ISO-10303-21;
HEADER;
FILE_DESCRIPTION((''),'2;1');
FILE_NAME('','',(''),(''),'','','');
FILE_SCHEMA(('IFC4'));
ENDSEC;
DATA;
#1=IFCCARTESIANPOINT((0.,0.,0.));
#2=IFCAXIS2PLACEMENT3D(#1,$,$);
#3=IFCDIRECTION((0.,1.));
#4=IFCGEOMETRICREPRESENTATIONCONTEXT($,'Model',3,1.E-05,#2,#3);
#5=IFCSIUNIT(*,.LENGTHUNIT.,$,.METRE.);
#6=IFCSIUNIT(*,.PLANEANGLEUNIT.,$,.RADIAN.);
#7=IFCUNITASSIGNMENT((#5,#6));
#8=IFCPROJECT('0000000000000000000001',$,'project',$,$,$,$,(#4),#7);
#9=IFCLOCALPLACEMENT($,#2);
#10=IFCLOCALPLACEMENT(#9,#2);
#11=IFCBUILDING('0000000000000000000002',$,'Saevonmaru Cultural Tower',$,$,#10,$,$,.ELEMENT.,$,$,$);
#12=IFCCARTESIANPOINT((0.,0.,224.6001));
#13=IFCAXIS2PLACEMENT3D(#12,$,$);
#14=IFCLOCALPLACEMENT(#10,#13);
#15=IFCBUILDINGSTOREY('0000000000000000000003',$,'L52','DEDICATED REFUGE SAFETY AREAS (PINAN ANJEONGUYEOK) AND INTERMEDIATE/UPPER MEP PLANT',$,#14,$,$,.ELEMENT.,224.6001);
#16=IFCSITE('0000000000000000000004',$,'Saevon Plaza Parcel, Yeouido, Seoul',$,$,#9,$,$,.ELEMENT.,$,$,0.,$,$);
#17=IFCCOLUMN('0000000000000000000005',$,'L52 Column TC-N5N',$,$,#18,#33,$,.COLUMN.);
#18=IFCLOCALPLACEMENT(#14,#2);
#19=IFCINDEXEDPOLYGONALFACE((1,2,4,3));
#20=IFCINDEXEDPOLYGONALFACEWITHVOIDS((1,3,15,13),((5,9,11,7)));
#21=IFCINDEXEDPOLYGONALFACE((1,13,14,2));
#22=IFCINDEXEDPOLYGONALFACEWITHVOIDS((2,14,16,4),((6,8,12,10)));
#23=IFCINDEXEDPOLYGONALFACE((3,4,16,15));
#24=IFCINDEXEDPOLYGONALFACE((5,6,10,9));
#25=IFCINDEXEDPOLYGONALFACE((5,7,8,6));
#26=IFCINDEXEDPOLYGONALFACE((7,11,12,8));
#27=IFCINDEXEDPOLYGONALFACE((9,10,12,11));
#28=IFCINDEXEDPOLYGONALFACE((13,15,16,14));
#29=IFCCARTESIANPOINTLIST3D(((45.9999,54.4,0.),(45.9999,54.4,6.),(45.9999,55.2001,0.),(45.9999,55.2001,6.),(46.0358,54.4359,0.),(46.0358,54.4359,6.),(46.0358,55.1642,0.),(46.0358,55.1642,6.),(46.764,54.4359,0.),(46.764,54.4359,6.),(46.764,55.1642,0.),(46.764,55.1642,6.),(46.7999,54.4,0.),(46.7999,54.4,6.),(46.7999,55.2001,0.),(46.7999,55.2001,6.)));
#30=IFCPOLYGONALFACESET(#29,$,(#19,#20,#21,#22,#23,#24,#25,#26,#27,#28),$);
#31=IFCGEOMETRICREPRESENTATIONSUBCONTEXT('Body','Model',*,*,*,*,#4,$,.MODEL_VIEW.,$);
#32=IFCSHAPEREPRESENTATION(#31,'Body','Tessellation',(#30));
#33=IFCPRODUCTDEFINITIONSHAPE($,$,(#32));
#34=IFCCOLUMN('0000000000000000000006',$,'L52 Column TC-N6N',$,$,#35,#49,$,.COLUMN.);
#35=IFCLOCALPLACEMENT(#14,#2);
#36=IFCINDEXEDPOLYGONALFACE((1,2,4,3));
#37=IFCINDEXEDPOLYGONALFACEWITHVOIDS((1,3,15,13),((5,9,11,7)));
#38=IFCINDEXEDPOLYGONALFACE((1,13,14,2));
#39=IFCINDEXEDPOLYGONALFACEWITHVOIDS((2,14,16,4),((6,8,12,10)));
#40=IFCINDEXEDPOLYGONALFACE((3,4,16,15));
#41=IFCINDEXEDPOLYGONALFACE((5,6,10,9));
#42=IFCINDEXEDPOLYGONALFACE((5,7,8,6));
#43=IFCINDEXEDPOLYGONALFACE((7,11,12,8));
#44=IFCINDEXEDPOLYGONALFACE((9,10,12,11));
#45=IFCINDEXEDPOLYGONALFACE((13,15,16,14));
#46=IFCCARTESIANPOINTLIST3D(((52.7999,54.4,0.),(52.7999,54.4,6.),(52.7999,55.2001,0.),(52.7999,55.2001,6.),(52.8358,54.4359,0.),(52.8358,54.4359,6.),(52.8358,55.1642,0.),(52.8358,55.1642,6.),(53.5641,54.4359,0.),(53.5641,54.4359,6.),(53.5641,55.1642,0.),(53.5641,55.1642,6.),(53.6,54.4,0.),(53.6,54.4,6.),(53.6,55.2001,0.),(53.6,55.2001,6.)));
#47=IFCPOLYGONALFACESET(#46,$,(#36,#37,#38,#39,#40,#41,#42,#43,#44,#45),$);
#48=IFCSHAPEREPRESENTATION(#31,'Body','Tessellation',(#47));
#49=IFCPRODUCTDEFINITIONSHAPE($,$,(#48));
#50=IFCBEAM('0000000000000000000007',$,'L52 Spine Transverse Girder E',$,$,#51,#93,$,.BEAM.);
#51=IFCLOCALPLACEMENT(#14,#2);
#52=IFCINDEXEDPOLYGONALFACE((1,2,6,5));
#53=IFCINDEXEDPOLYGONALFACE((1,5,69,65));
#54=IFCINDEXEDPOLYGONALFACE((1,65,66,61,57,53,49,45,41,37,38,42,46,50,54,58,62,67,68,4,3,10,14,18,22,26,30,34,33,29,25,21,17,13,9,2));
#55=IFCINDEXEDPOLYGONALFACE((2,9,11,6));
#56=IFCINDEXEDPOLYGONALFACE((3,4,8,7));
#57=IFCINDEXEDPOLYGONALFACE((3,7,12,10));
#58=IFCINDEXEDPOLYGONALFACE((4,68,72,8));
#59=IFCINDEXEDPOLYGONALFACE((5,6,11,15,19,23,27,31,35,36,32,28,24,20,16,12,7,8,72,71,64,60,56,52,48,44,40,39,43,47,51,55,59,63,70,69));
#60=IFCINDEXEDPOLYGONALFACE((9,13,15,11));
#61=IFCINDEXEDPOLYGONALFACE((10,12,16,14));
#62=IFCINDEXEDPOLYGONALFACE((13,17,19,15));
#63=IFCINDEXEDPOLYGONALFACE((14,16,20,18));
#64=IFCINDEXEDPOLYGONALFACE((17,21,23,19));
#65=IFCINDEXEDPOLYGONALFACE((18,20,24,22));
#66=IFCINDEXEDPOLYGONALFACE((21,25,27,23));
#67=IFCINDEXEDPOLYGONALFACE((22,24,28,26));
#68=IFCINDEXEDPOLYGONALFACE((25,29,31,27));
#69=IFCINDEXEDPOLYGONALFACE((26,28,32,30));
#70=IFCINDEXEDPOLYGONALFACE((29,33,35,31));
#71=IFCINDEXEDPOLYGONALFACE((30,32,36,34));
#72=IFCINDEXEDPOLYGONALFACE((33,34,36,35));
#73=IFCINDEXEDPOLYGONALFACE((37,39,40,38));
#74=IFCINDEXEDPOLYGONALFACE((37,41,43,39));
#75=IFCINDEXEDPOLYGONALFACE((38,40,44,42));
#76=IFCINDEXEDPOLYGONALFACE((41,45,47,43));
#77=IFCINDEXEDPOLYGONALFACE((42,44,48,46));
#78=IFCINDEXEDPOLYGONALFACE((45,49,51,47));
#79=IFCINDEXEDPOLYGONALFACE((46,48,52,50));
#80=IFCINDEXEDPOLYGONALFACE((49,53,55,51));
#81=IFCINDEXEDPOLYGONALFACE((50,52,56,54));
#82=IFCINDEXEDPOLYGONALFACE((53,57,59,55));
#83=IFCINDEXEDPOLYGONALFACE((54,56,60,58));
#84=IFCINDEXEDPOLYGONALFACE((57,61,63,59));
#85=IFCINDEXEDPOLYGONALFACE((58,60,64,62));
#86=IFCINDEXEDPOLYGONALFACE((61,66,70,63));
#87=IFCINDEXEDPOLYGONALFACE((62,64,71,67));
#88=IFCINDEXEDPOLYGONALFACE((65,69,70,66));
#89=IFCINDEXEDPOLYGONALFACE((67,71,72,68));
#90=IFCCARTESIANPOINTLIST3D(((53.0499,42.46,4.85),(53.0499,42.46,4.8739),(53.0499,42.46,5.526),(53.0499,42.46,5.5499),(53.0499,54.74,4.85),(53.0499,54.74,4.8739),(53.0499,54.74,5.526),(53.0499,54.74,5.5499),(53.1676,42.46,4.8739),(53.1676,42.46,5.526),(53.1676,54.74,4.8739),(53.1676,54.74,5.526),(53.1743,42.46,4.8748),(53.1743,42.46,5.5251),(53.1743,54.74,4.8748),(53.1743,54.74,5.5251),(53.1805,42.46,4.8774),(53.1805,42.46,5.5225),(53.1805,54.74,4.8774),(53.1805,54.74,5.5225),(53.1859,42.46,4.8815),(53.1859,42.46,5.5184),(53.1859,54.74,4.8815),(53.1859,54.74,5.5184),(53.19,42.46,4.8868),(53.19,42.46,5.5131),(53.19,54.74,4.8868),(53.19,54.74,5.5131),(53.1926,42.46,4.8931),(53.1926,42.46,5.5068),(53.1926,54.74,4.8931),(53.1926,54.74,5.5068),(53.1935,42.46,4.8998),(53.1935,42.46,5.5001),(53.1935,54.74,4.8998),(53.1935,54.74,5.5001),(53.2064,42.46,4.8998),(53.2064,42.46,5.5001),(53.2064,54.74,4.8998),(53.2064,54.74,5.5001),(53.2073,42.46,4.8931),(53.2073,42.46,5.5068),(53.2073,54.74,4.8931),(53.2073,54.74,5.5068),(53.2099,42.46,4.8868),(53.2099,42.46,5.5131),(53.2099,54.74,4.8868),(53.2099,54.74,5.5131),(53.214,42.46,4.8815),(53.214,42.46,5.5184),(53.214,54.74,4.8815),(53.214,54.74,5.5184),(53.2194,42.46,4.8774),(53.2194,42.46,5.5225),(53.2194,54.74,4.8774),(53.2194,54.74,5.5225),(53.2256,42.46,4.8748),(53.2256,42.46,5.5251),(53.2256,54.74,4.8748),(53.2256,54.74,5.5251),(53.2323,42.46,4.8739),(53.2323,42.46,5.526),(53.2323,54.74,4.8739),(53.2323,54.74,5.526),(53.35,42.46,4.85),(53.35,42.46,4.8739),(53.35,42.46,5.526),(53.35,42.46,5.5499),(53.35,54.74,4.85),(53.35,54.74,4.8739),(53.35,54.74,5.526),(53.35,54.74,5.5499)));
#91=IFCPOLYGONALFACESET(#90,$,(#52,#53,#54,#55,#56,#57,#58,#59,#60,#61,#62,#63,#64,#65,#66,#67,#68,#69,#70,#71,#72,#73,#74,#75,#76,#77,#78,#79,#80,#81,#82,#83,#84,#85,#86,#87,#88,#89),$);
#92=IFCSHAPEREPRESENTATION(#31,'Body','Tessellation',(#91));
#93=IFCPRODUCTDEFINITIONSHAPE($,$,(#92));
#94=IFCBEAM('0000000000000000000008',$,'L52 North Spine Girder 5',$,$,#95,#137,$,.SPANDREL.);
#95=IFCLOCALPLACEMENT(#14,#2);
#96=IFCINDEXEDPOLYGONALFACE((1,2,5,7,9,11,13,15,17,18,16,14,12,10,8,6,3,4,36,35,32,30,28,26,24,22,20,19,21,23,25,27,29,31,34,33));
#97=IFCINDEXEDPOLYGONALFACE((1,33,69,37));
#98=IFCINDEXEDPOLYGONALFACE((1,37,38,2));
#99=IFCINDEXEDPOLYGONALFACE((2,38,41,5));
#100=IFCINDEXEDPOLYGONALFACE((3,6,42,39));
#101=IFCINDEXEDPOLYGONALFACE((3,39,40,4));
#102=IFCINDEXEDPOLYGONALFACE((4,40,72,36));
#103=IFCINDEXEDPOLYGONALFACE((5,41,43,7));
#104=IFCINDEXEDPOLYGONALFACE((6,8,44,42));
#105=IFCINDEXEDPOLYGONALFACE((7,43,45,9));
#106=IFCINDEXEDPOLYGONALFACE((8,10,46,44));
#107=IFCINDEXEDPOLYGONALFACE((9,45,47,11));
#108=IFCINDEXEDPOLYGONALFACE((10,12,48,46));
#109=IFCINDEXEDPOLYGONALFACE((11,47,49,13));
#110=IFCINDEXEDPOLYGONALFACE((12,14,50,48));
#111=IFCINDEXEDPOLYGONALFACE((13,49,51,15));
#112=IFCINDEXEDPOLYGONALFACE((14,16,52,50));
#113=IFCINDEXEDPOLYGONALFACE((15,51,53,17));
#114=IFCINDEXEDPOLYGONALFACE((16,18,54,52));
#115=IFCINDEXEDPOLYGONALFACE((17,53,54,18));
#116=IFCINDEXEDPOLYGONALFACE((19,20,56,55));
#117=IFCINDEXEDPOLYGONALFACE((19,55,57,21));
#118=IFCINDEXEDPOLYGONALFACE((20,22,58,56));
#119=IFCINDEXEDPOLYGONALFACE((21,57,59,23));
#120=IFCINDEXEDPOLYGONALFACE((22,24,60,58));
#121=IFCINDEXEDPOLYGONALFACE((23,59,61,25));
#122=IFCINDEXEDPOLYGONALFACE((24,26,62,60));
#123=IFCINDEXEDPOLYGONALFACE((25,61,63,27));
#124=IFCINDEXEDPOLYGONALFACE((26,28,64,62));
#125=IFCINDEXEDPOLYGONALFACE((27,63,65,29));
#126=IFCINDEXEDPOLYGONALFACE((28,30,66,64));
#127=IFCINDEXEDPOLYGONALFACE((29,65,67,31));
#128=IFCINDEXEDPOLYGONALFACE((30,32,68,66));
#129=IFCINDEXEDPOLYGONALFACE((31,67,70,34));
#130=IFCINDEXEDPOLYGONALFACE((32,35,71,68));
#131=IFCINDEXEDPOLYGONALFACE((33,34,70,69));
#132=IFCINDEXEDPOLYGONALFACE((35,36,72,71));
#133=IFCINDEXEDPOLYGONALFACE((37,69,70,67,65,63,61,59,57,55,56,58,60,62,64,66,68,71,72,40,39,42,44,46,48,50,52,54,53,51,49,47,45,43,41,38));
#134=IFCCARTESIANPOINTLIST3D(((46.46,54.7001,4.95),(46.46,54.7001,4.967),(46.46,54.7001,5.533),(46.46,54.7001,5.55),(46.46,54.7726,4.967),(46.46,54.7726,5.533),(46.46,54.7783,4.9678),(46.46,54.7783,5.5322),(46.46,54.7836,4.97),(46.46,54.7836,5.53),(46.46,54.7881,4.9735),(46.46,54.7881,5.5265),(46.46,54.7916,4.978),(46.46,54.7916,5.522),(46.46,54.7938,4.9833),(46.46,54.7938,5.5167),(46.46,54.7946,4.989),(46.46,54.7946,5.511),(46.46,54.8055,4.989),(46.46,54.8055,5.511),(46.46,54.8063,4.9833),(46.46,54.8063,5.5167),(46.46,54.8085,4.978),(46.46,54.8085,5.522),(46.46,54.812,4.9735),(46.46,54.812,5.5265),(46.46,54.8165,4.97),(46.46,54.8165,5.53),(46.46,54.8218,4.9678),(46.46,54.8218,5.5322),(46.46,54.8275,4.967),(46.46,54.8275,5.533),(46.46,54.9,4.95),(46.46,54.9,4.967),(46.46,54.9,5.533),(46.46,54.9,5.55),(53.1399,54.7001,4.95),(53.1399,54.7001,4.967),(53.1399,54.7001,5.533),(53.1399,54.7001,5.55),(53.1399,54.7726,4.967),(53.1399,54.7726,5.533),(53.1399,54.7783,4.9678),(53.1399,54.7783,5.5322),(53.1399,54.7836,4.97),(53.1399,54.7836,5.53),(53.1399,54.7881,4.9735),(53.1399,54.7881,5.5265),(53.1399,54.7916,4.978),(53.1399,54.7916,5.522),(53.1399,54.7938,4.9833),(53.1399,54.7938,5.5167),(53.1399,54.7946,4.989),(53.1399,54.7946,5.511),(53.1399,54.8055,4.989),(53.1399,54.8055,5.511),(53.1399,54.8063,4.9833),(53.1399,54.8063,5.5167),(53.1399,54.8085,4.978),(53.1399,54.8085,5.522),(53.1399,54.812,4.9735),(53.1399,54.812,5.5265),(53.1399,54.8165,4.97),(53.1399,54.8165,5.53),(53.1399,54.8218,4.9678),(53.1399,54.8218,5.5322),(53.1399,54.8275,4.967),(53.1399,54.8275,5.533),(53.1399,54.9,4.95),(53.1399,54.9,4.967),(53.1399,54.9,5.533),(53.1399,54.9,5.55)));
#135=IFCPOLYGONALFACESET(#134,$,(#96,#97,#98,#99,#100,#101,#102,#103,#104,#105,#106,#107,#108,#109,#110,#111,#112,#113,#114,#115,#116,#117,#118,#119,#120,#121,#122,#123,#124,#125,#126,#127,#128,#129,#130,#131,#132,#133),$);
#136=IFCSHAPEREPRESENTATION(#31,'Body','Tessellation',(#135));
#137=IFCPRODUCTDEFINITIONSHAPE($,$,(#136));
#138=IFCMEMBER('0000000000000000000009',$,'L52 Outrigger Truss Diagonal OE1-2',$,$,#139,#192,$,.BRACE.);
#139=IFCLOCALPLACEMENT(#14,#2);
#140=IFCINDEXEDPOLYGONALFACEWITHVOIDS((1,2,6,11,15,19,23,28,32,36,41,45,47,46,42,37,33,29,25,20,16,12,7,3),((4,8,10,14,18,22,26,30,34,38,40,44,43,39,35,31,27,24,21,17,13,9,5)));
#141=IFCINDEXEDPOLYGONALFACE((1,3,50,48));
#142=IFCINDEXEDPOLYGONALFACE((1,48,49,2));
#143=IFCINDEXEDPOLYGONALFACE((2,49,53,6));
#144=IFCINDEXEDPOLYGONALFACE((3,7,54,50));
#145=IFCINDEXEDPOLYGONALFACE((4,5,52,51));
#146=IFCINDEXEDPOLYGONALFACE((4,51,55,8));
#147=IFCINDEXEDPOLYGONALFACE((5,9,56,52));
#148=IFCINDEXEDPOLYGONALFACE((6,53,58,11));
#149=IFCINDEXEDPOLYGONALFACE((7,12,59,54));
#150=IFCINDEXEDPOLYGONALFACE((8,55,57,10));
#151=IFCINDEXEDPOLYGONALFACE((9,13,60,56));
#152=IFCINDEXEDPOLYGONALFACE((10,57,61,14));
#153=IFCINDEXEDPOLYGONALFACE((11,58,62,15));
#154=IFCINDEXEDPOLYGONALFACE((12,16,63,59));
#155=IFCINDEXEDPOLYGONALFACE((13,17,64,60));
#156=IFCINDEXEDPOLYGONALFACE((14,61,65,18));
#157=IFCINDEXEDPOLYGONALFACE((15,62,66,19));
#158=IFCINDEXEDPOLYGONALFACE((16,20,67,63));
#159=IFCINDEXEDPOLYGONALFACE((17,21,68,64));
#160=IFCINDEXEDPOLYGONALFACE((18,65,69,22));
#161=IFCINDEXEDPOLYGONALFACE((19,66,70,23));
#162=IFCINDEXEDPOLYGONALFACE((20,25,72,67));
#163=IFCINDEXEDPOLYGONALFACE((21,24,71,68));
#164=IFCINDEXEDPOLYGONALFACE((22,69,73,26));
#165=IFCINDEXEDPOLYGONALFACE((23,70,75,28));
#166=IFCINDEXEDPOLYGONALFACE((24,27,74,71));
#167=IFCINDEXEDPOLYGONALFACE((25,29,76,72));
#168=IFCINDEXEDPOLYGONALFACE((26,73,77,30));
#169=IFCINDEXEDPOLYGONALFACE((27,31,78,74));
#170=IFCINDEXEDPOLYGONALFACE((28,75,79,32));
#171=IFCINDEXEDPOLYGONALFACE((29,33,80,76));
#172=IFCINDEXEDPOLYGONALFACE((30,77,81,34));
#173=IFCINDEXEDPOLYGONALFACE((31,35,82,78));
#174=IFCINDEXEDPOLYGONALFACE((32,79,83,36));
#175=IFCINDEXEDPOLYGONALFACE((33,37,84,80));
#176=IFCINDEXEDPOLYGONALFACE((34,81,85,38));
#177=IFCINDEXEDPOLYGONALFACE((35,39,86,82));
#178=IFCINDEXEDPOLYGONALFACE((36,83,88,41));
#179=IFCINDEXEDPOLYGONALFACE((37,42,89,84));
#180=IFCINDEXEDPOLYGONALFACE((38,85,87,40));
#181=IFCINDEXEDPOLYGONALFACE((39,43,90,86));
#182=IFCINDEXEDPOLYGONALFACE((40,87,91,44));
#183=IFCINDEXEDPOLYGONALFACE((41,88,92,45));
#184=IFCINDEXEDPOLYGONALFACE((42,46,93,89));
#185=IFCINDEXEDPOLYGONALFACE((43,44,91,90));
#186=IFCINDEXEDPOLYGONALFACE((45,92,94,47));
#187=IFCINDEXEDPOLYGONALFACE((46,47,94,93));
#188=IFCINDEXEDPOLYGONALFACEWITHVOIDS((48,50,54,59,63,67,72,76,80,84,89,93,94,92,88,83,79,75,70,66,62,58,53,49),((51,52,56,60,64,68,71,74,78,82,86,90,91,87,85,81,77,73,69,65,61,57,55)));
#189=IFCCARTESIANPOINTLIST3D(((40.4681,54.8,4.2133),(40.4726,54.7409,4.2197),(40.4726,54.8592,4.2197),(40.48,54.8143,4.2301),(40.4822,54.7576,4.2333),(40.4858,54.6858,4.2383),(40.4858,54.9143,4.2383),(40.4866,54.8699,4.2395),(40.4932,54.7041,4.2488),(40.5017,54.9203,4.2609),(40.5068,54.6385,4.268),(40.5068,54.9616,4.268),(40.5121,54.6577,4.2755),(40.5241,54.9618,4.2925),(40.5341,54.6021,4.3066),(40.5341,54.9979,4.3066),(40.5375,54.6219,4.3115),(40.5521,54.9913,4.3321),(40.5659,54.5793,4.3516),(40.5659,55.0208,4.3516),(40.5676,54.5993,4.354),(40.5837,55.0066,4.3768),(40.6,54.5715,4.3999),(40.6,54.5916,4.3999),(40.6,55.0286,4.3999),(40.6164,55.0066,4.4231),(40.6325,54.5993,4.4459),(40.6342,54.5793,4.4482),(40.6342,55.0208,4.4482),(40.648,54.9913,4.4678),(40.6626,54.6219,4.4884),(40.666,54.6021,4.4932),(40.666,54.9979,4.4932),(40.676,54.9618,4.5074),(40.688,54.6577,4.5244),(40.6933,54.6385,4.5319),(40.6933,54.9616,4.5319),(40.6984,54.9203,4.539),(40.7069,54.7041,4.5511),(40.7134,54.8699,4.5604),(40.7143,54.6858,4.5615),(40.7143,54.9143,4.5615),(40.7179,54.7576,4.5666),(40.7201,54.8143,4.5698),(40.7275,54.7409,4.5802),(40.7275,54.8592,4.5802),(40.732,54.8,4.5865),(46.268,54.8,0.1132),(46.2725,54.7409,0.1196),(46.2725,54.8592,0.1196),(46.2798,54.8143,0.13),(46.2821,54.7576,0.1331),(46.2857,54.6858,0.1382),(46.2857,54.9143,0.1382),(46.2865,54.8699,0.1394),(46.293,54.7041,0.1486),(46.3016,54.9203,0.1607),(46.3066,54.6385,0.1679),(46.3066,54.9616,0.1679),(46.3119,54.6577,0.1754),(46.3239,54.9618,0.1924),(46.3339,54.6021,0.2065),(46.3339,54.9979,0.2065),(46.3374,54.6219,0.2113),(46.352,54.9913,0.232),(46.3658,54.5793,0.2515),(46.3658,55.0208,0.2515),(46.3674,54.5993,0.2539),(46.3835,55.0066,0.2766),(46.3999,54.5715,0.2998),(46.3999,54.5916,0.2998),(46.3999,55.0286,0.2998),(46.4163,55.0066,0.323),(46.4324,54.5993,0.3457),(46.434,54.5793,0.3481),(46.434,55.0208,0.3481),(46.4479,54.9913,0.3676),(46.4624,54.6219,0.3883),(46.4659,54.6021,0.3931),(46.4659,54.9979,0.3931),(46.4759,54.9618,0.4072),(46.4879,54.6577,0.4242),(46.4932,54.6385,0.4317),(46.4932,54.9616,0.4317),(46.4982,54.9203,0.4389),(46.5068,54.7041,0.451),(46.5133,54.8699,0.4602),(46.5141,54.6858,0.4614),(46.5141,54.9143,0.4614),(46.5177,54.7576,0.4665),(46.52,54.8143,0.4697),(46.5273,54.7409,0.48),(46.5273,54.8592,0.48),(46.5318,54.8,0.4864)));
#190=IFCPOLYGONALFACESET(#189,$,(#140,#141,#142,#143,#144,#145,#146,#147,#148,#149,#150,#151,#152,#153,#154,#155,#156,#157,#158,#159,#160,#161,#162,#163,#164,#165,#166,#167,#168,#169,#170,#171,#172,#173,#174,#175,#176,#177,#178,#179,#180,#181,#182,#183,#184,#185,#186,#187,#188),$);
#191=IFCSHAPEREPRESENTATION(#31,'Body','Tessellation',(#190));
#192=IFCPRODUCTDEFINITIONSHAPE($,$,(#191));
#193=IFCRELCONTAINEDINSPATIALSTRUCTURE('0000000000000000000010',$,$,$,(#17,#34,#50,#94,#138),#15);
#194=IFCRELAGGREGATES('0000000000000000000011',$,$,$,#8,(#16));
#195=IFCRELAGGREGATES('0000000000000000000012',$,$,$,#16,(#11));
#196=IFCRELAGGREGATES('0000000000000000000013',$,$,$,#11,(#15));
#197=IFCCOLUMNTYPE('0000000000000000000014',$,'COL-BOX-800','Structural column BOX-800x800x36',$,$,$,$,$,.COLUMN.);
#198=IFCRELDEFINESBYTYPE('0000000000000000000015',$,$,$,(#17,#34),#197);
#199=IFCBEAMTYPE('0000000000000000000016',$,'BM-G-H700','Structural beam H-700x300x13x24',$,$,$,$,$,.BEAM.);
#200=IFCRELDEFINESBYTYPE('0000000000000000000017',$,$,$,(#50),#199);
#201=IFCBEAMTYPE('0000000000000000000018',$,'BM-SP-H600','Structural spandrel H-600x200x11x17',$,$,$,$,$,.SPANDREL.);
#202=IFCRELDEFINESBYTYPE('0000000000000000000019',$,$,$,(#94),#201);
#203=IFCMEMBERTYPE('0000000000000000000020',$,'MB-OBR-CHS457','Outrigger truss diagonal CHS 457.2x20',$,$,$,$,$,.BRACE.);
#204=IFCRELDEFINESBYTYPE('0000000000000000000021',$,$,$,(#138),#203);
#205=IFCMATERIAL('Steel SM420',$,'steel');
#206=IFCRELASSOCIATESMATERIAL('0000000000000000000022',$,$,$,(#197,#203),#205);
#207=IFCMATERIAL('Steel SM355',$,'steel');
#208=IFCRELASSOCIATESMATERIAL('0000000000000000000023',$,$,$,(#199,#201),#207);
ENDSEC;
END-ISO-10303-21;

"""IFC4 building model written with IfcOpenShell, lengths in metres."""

from ifc_helpers import new_model, si_unit, direction, frame, origin, origin_2d, place, context, subcontext, project, spatial, hollow_rectangle, hollow_circle, i_section, extrude, material, material_profile, profile_set, type_object, element, save


model = new_model("IFC4")

# Units and contexts
model_context = context("Model", 3, precision=1e-05, world=origin(), true_north=direction((0.0, 1.0)))
body_context = subcontext(model_context, "Body", "Model", "MODEL_VIEW")
ifc_project = project(units=[si_unit("LENGTHUNIT", "METRE"), si_unit("PLANEANGLEUNIT", "RADIAN")], contexts=[model_context])

# Site, building, storey
site_placement = place(None, origin())
site = spatial("IfcSite", under=ifc_project, at=site_placement, Name="Saevon Plaza Parcel, Yeouido, Seoul", CompositionType="ELEMENT", RefElevation=0.0)
building_placement = place(site_placement, origin())
building = spatial("IfcBuilding", under=site, at=building_placement, Name="Saevonmaru Cultural Tower", CompositionType="ELEMENT")
storey_placement = place(building_placement, frame((0.0, 0.0, 224.6001)))
storey = spatial("IfcBuildingStorey", under=building, at=storey_placement, Name="L52", Description="DEDICATED REFUGE SAFETY AREAS (PINAN ANJEONGUYEOK) AND INTERMEDIATE/UPPER MEP PLANT", CompositionType="ELEMENT", Elevation=224.6001)

# Columns
ifc_material_1 = material(Name="Steel SM420", Category="steel")
ifc_material_profile_1 = material_profile(ifc_material_1, hollow_rectangle(XDim=0.8, YDim=0.8, WallThickness=0.0359, at=origin_2d()), Name="BOX-800x800x36")
ifc_profile_set_1 = profile_set([ifc_material_profile_1], Name="Steel SM420")
column_type = type_object("IfcColumnType", Name="COL-BOX-800", Description="Structural column BOX-800x800x36", PredefinedType="COLUMN", material=ifc_profile_set_1)
for number, where, z_axis, x_axis, name in (
    (1, (46.3999, 54.8, 0.0), (0.0, 0.0, 1.0), (1.0, 0.0, 0.0), "L52 Column TC-N5N"),
    (2, (53.2, 54.8, 0.0), (0.0, 0.0, 1.0), (1.0, 0.0, 0.0), "L52 Column TC-N6N"),
):
    element("IfcColumn", number, at=place(storey_placement, frame(where, z_axis=z_axis, x_axis=x_axis)), inside=storey, type_object=column_type, Name=name, PredefinedType="COLUMN", context=body_context, shape_type="SweptSolid", body=[
        extrude(hollow_rectangle(XDim=0.8, YDim=0.8, WallThickness=0.0359, at=origin_2d()), origin(), (0.0, 0.0, 1.0), 6.0),
    ])

# Beams
ifc_material_2 = material(Name="Steel SM355", Category="steel")
ifc_material_profile_2 = material_profile(ifc_material_2, i_section(OverallWidth=0.3, OverallDepth=0.7, WebThickness=0.0129, FlangeThickness=0.0239, FilletRadius=0.0259, at=origin_2d()), Name="H-700x300x13x24")
ifc_profile_set_2 = profile_set([ifc_material_profile_2], Name="Steel SM355")
beam_type_1 = type_object("IfcBeamType", Name="BM-G-H700", Description="Structural beam H-700x300x13x24", PredefinedType="BEAM", material=ifc_profile_set_2)
beam_1_placement = place(storey_placement, frame((53.2, 54.74, 5.2), z_axis=(0.0, -1.0, 0.0), x_axis=(1.0, 0.0, 0.0)))
element("IfcBeam", 3, at=beam_1_placement, inside=storey, type_object=beam_type_1, Name="L52 Spine Transverse Girder E", PredefinedType="BEAM", context=body_context, shape_type="SweptSolid", body=[
    extrude(i_section(OverallWidth=0.3, OverallDepth=0.7, WebThickness=0.0129, FlangeThickness=0.0239, FilletRadius=0.0259, at=origin_2d()), origin(), (0.0, 0.0, 1.0), 12.28),
])
ifc_material_profile_3 = material_profile(ifc_material_2, i_section(OverallWidth=0.2, OverallDepth=0.6001, WebThickness=0.011, FlangeThickness=0.0171, FilletRadius=0.022, at=origin_2d()), Name="H-600x200x11x17")
ifc_profile_set_3 = profile_set([ifc_material_profile_3], Name="Steel SM355")
beam_type_2 = type_object("IfcBeamType", Name="BM-SP-H600", Description="Structural spandrel H-600x200x11x17", PredefinedType="SPANDREL", material=ifc_profile_set_3)
beam_2_placement = place(storey_placement, frame((46.46, 54.8, 5.25), z_axis=(1.0, 0.0, 0.0), x_axis=(0.0, 1.0, 0.0)))
element("IfcBeam", 4, at=beam_2_placement, inside=storey, type_object=beam_type_2, Name="L52 North Spine Girder 5", PredefinedType="SPANDREL", context=body_context, shape_type="SweptSolid", body=[
    extrude(i_section(OverallWidth=0.2, OverallDepth=0.6001, WebThickness=0.011, FlangeThickness=0.0171, FilletRadius=0.022, at=origin_2d()), origin(), (0.0, 0.0, 1.0), 6.6799),
])

# Member
ifc_material_profile_4 = material_profile(ifc_material_1, hollow_circle(Radius=0.2285, WallThickness=0.02, at=origin_2d()), Name="CHS-457.2x20")
ifc_profile_set_4 = profile_set([ifc_material_profile_4], Name="Steel SM420")
member_type_1 = type_object("IfcMemberType", Name="MB-OBR-CHS457", Description="Outrigger truss diagonal CHS 457.2x20", PredefinedType="BRACE", material=ifc_profile_set_4)
member_1_placement = place(storey_placement, frame((46.3999, 54.8, 0.2998), z_axis=(-0.816562, 0.0, 0.577258), x_axis=(0.0, -1.0, 0.0)))
element("IfcMember", 5, at=member_1_placement, inside=storey, type_object=member_type_1, Name="L52 Outrigger Truss Diagonal OE1-2", PredefinedType="BRACE", context=body_context, shape_type="SweptSolid", body=[
    extrude(hollow_circle(Radius=0.2285, WallThickness=0.02, at=origin_2d()), origin(), (0.0, 0.0, 1.0), 7.1028),
])

save(model, "model.ifc")
